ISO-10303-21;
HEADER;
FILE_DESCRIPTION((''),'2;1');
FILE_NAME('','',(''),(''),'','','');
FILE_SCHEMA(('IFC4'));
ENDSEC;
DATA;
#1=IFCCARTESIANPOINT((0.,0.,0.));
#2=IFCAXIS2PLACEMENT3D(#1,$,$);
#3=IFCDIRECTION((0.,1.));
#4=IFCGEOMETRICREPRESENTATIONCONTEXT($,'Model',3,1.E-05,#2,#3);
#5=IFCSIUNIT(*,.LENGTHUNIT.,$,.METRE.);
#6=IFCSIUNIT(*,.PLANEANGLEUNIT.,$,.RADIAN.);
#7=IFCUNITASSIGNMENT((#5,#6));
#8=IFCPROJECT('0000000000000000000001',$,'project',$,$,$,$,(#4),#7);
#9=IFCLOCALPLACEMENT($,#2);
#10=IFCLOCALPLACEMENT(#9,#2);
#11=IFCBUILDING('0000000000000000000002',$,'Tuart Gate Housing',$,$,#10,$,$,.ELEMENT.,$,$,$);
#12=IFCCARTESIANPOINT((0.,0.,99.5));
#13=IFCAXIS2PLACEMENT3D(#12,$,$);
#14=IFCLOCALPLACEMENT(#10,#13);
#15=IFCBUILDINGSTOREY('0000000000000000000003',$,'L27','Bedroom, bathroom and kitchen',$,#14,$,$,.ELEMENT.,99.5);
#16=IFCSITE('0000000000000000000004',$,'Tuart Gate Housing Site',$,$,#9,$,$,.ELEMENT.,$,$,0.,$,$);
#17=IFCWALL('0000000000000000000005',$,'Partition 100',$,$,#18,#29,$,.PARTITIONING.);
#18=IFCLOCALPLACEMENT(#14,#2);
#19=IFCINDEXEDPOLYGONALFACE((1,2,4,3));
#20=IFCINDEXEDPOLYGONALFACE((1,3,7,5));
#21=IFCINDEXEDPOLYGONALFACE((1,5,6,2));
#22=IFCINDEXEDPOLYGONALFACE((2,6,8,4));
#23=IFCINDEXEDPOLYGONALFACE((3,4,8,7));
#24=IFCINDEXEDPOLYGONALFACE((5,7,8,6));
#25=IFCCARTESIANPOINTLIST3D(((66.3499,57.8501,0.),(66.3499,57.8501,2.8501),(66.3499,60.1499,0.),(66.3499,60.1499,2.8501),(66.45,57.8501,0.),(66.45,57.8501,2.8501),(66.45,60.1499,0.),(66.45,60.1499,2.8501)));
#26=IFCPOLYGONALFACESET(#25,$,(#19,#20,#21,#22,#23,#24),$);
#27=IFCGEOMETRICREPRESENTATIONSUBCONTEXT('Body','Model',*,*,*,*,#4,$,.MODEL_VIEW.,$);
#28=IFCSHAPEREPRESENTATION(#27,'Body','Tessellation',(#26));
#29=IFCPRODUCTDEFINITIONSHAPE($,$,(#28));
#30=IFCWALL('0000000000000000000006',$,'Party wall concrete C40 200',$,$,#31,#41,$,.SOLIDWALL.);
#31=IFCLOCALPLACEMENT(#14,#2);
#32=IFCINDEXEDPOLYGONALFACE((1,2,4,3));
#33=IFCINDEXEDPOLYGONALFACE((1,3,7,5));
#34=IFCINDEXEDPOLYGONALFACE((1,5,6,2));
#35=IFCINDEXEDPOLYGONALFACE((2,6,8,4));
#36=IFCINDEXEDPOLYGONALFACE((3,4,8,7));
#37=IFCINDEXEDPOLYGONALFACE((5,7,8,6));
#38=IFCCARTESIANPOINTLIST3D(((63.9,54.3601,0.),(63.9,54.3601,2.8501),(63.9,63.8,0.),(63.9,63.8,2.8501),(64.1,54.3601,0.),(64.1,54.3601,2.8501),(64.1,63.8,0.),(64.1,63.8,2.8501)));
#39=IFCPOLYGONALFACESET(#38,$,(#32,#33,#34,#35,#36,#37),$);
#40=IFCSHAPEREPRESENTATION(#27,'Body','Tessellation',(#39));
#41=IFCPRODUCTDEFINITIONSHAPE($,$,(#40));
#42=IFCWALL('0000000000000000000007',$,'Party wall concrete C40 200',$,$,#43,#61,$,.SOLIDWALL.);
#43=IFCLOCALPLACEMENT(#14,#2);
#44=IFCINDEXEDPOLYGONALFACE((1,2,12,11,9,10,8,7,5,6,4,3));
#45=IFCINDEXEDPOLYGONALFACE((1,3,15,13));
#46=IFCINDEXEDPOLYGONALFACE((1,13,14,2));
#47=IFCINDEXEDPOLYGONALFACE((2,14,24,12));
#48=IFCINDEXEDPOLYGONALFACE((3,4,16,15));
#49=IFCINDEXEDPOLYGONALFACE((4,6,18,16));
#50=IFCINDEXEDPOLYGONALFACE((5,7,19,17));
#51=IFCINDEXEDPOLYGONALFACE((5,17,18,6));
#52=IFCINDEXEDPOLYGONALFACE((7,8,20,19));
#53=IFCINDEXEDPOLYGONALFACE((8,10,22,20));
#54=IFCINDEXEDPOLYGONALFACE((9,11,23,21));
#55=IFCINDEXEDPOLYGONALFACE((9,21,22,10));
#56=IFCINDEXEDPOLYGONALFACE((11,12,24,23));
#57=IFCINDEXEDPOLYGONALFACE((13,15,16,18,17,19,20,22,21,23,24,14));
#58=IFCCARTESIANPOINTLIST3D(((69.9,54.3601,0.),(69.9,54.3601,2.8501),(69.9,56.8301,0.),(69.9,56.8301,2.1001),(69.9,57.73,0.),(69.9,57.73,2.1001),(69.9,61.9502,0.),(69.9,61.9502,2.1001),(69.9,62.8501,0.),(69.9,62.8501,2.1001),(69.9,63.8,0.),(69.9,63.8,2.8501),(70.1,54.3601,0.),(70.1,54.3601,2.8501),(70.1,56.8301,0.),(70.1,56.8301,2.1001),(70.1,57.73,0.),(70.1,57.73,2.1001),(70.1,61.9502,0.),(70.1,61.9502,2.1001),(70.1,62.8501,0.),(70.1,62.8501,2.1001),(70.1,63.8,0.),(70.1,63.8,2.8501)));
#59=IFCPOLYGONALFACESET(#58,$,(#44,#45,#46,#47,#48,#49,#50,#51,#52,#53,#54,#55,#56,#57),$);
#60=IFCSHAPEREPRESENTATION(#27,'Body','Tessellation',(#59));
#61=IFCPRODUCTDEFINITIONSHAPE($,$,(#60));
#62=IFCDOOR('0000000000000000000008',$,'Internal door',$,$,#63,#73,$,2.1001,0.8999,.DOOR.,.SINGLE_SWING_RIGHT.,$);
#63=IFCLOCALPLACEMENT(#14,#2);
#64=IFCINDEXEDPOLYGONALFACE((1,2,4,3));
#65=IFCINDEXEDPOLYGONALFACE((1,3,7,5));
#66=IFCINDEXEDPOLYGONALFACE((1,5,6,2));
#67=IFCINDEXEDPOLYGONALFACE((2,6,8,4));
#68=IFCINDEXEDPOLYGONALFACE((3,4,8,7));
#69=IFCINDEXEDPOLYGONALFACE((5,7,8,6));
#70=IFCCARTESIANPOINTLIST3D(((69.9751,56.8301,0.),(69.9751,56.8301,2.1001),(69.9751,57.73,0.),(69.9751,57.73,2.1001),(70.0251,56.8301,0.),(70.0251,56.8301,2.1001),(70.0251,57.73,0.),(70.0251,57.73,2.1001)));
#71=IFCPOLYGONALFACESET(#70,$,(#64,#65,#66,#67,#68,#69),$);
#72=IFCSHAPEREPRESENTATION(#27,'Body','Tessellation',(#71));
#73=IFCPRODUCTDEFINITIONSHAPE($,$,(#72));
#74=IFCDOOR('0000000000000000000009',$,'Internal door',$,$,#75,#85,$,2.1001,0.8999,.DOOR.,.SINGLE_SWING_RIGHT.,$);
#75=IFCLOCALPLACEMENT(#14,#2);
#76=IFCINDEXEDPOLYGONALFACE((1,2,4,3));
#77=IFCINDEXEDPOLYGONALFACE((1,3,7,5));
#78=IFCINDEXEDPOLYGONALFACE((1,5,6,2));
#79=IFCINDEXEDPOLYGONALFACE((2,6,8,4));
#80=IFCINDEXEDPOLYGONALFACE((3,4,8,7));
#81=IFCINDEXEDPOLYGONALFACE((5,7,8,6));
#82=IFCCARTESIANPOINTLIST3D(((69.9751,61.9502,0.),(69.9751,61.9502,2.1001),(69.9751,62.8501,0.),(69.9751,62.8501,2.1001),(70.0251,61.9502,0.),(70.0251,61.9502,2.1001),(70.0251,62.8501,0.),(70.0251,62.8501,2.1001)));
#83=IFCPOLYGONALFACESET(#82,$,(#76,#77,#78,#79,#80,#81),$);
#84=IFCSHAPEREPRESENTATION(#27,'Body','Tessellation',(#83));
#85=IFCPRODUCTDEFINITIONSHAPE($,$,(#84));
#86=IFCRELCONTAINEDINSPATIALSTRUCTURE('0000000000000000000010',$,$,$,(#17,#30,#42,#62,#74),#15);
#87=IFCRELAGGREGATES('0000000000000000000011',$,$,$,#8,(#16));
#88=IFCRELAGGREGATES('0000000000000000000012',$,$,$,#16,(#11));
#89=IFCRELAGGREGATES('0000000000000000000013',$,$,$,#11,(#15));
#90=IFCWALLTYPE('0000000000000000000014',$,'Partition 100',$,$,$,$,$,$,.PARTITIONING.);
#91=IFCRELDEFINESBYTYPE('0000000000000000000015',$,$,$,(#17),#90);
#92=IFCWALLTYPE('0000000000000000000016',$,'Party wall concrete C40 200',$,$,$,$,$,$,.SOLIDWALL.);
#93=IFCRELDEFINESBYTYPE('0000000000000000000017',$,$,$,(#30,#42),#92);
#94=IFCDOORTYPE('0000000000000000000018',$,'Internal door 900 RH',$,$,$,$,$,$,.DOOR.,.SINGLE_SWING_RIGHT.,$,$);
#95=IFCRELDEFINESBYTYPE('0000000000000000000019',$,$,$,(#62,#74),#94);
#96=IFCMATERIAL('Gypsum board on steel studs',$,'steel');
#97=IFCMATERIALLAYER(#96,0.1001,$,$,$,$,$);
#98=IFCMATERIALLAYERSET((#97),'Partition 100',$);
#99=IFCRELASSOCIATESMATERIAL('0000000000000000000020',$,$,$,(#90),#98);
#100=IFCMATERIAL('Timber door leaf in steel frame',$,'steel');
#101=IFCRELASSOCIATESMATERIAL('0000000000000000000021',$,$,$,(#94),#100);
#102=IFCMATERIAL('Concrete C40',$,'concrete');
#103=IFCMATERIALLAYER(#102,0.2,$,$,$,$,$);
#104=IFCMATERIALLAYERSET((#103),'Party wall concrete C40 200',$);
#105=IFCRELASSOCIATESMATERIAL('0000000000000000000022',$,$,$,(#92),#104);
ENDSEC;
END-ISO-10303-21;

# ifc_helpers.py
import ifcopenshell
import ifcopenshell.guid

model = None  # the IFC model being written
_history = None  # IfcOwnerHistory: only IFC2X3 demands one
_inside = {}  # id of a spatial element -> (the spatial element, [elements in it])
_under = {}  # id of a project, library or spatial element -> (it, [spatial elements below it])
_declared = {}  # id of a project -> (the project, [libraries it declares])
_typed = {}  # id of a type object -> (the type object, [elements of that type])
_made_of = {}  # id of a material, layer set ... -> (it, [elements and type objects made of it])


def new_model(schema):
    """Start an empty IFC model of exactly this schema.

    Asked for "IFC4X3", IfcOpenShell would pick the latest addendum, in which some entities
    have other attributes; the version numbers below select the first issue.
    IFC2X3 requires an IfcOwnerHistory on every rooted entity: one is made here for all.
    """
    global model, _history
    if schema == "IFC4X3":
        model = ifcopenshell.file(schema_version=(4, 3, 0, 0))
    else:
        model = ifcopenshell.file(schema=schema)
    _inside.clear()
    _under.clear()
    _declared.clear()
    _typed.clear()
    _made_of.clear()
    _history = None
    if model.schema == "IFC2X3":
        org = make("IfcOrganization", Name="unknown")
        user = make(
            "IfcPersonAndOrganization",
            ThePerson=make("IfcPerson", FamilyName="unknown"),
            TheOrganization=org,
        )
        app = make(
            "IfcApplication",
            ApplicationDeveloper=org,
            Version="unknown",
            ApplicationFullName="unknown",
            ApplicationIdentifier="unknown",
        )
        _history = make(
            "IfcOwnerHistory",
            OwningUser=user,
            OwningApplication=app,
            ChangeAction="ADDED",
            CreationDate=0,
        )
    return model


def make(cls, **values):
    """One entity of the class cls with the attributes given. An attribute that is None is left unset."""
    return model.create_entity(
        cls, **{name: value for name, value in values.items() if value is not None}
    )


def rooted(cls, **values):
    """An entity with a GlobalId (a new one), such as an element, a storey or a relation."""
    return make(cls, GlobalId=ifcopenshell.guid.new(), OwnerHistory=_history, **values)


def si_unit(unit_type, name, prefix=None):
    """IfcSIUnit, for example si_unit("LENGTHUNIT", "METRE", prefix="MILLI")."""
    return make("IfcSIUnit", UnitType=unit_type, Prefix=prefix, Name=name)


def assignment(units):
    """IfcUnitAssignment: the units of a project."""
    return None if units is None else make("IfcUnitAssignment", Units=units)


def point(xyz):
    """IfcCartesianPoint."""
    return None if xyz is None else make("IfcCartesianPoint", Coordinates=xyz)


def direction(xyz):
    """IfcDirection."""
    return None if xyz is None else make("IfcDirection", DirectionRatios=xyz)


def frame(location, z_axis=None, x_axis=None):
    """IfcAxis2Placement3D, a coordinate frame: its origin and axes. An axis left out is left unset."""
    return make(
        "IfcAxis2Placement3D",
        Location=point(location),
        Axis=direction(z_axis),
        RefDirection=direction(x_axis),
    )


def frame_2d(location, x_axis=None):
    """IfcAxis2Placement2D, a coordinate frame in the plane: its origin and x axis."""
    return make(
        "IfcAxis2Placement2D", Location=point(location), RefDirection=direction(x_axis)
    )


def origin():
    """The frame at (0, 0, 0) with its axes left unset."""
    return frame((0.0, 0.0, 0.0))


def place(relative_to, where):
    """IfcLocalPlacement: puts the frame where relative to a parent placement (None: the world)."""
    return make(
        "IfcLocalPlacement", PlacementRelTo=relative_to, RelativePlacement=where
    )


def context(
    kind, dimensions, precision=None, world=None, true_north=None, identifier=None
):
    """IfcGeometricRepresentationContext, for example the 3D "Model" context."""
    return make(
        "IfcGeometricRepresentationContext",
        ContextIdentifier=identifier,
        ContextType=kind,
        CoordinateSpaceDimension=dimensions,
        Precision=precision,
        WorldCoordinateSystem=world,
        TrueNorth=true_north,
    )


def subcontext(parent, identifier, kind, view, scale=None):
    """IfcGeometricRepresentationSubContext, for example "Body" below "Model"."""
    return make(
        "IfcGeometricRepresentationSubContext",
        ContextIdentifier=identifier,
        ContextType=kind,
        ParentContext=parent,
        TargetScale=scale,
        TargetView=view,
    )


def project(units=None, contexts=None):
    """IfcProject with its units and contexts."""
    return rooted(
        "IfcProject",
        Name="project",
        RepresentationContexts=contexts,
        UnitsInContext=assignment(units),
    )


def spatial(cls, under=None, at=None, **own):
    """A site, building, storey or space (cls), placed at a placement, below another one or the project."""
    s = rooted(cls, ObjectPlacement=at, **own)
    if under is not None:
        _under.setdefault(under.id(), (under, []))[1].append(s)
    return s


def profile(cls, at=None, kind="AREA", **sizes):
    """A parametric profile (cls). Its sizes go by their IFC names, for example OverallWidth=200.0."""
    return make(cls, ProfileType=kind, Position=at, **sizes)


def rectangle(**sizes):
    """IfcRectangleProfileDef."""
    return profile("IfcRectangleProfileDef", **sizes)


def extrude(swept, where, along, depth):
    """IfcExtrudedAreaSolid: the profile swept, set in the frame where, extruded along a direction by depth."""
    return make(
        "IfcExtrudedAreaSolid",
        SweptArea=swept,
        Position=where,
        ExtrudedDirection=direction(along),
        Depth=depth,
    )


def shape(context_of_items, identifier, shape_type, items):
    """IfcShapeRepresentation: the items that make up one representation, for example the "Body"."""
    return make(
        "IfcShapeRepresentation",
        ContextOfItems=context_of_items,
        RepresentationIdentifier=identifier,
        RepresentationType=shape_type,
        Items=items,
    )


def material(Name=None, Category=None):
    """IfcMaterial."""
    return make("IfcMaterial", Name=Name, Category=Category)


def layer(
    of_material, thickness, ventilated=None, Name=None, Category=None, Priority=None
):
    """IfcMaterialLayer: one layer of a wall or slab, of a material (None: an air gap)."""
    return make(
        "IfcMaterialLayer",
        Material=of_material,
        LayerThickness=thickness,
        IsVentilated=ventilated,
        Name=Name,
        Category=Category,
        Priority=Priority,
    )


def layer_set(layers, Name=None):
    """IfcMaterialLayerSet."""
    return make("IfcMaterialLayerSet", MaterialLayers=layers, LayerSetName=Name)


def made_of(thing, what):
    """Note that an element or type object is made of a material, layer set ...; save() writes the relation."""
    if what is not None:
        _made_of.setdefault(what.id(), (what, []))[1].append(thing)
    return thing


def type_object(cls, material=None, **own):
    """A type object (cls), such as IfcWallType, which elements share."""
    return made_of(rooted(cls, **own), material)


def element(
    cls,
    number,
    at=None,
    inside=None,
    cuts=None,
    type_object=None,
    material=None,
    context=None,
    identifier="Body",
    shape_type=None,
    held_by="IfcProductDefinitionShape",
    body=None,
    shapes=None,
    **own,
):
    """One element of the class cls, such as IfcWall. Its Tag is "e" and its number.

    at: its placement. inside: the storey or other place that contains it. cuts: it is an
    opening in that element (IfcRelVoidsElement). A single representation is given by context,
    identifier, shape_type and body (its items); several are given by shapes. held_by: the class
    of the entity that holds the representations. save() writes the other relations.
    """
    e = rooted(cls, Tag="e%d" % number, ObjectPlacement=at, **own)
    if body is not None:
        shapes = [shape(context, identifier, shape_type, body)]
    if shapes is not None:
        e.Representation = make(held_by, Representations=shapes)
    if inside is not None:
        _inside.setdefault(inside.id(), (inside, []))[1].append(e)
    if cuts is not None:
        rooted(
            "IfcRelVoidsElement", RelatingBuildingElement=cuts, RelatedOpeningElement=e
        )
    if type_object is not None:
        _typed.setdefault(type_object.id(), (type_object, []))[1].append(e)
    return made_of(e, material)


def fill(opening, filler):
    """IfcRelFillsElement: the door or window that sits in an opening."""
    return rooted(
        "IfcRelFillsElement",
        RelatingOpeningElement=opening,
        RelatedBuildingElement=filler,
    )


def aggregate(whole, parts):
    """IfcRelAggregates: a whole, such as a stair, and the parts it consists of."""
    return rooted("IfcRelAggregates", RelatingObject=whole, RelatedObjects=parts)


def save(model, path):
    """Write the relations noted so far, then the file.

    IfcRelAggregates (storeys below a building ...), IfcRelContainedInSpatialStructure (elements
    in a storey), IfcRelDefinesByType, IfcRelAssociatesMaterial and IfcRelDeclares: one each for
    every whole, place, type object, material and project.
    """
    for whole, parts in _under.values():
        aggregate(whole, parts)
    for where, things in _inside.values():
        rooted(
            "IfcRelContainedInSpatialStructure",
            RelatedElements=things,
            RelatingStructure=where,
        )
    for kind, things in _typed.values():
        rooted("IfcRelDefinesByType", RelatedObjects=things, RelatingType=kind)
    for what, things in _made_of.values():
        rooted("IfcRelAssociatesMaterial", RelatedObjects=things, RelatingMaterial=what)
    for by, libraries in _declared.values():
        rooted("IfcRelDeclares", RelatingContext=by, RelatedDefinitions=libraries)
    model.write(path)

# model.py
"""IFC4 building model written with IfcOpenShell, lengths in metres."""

from ifc_helpers import new_model, si_unit, direction, frame, frame_2d, origin, place, context, subcontext, project, spatial, rectangle, extrude, material, layer, layer_set, type_object, element, fill, save


model = new_model("IFC4")

# Units and contexts
model_context = context("Model", 3, precision=1e-05, world=origin(), true_north=direction((0.0, 1.0)))
body_context = subcontext(model_context, "Body", "Model", "MODEL_VIEW")
ifc_project = project(units=[si_unit("LENGTHUNIT", "METRE"), si_unit("PLANEANGLEUNIT", "RADIAN")], contexts=[model_context])

# Site, building, storey
site_placement = place(None, origin())
site = spatial("IfcSite", under=ifc_project, at=site_placement, Name="Tuart Gate Housing Site", CompositionType="ELEMENT", RefElevation=0.0)
building_placement = place(site_placement, origin())
building = spatial("IfcBuilding", under=site, at=building_placement, Name="Tuart Gate Housing", CompositionType="ELEMENT")
storey_placement = place(building_placement, frame((0.0, 0.0, 99.5)))
storey = spatial("IfcBuildingStorey", under=building, at=storey_placement, Name="L27", Description="Bedroom, bathroom and kitchen", CompositionType="ELEMENT", Elevation=99.5)

# Shared definitions
ifc_material_1 = material(Name="Gypsum board on steel studs", Category="steel")
ifc_layer_1 = layer(ifc_material_1, 0.1001)
ifc_layer_set_1 = layer_set([ifc_layer_1], Name="Partition 100")
wall_type_1 = type_object("IfcWallType", Name="Partition 100", PredefinedType="PARTITIONING", material=ifc_layer_set_1)

# Shared definitions
ifc_material_2 = material(Name="Timber door leaf in steel frame", Category="steel")
door_type_1 = type_object("IfcDoorType", Name="Internal door 900 RH", OperationType="SINGLE_SWING_RIGHT", PredefinedType="DOOR", material=ifc_material_2)

# Walls
wall_1_placement = place(storey_placement, frame((66.3999, 57.8501, 0.0), z_axis=(0.0, 0.0, 1.0), x_axis=(0.0, 1.0, 0.0)))
element("IfcWall", 1, at=wall_1_placement, inside=storey, type_object=wall_type_1, Name="Partition 100", PredefinedType="PARTITIONING", context=body_context, shape_type="SweptSolid", body=[
    extrude(rectangle(XDim=2.2998, YDim=0.1001, at=frame_2d((1.1499, 0.0))), origin(), (0.0, 0.0, 1.0), 2.8501),
])
ifc_material_3 = material(Name="Concrete C40", Category="concrete")
ifc_layer_2 = layer(ifc_material_3, 0.2)
ifc_layer_set_2 = layer_set([ifc_layer_2], Name="Party wall concrete C40 200")
wall_type_2 = type_object("IfcWallType", Name="Party wall concrete C40 200", PredefinedType="SOLIDWALL", material=ifc_layer_set_2)
wall_2_placement = place(storey_placement, frame((64.0, 54.3601, 0.0), z_axis=(0.0, 0.0, 1.0), x_axis=(0.0, 1.0, 0.0)))
element("IfcWall", 2, at=wall_2_placement, inside=storey, type_object=wall_type_2, Name="Party wall concrete C40 200", PredefinedType="SOLIDWALL", context=body_context, shape_type="SweptSolid", body=[
    extrude(rectangle(XDim=9.4399, YDim=0.2, at=frame_2d((4.72, 0.0))), origin(), (0.0, 0.0, 1.0), 2.8501),
])

# Wall, openings, doors
wall_3_placement = place(storey_placement, frame((70.0, 54.3601, 0.0), z_axis=(0.0, 0.0, 1.0), x_axis=(0.0, 1.0, 0.0)))
wall_3 = element("IfcWall", 3, at=wall_3_placement, inside=storey, type_object=wall_type_2, Name="Party wall concrete C40 200", PredefinedType="SOLIDWALL", context=body_context, shape_type="SweptSolid", body=[
    extrude(rectangle(XDim=9.4399, YDim=0.2, at=frame_2d((4.72, 0.0))), origin(), (0.0, 0.0, 1.0), 2.8501),
])
opening_1_placement = place(wall_3_placement, frame((2.47, 0.0, 0.0)))
opening_1 = element("IfcOpeningElement", 4, at=opening_1_placement, cuts=wall_3, PredefinedType="OPENING", context=body_context, shape_type="SweptSolid", body=[
    extrude(rectangle(XDim=0.8999, YDim=2.1001, at=frame_2d((0.45, 1.05))), frame((0.0, 0.1099, 0.0), z_axis=(0.0, -1.0, 0.0), x_axis=(1.0, 0.0, 0.0)), (0.0, 0.0, 1.0), 0.22),
])
opening_2_placement = place(wall_3_placement, frame((7.5901, 0.0, 0.0)))
opening_2 = element("IfcOpeningElement", 5, at=opening_2_placement, cuts=wall_3, PredefinedType="OPENING", context=body_context, shape_type="SweptSolid", body=[
    extrude(rectangle(XDim=0.8999, YDim=2.1001, at=frame_2d((0.45, 1.05))), frame((0.0, 0.1099, 0.0), z_axis=(0.0, -1.0, 0.0), x_axis=(1.0, 0.0, 0.0)), (0.0, 0.0, 1.0), 0.22),
])
door_1_placement = place(opening_1_placement, frame((0.8999, 0.0, 0.0), z_axis=(0.0, 0.0, 1.0), x_axis=(-1.0, 0.0, 0.0)))
door_1 = element("IfcDoor", 6, at=door_1_placement, inside=storey, type_object=door_type_1, Name="Internal door", OperationType="SINGLE_SWING_RIGHT", OverallHeight=2.1001, OverallWidth=0.8999, PredefinedType="DOOR", context=body_context, shape_type="SweptSolid", body=[
    extrude(rectangle(XDim=0.8999, YDim=2.1001, at=frame_2d((0.45, 1.05))), frame((0.0, 0.0251, 0.0), z_axis=(0.0, -1.0, 0.0), x_axis=(1.0, 0.0, 0.0)), (0.0, 0.0, 1.0), 0.05),
])
fill(opening_1, door_1)
door_2_placement = place(opening_2_placement, frame((0.8999, 0.0, 0.0), z_axis=(0.0, 0.0, 1.0), x_axis=(-1.0, 0.0, 0.0)))
door_2 = element("IfcDoor", 7, at=door_2_placement, inside=storey, type_object=door_type_1, Name="Internal door", OperationType="SINGLE_SWING_RIGHT", OverallHeight=2.1001, OverallWidth=0.8999, PredefinedType="DOOR", context=body_context, shape_type="SweptSolid", body=[
    extrude(rectangle(XDim=0.8999, YDim=2.1001, at=frame_2d((0.45, 1.05))), frame((0.0, 0.0251, 0.0), z_axis=(0.0, -1.0, 0.0), x_axis=(1.0, 0.0, 0.0)), (0.0, 0.0, 1.0), 0.05),
])
fill(opening_2, door_2)

save(model, "model.ifc")
